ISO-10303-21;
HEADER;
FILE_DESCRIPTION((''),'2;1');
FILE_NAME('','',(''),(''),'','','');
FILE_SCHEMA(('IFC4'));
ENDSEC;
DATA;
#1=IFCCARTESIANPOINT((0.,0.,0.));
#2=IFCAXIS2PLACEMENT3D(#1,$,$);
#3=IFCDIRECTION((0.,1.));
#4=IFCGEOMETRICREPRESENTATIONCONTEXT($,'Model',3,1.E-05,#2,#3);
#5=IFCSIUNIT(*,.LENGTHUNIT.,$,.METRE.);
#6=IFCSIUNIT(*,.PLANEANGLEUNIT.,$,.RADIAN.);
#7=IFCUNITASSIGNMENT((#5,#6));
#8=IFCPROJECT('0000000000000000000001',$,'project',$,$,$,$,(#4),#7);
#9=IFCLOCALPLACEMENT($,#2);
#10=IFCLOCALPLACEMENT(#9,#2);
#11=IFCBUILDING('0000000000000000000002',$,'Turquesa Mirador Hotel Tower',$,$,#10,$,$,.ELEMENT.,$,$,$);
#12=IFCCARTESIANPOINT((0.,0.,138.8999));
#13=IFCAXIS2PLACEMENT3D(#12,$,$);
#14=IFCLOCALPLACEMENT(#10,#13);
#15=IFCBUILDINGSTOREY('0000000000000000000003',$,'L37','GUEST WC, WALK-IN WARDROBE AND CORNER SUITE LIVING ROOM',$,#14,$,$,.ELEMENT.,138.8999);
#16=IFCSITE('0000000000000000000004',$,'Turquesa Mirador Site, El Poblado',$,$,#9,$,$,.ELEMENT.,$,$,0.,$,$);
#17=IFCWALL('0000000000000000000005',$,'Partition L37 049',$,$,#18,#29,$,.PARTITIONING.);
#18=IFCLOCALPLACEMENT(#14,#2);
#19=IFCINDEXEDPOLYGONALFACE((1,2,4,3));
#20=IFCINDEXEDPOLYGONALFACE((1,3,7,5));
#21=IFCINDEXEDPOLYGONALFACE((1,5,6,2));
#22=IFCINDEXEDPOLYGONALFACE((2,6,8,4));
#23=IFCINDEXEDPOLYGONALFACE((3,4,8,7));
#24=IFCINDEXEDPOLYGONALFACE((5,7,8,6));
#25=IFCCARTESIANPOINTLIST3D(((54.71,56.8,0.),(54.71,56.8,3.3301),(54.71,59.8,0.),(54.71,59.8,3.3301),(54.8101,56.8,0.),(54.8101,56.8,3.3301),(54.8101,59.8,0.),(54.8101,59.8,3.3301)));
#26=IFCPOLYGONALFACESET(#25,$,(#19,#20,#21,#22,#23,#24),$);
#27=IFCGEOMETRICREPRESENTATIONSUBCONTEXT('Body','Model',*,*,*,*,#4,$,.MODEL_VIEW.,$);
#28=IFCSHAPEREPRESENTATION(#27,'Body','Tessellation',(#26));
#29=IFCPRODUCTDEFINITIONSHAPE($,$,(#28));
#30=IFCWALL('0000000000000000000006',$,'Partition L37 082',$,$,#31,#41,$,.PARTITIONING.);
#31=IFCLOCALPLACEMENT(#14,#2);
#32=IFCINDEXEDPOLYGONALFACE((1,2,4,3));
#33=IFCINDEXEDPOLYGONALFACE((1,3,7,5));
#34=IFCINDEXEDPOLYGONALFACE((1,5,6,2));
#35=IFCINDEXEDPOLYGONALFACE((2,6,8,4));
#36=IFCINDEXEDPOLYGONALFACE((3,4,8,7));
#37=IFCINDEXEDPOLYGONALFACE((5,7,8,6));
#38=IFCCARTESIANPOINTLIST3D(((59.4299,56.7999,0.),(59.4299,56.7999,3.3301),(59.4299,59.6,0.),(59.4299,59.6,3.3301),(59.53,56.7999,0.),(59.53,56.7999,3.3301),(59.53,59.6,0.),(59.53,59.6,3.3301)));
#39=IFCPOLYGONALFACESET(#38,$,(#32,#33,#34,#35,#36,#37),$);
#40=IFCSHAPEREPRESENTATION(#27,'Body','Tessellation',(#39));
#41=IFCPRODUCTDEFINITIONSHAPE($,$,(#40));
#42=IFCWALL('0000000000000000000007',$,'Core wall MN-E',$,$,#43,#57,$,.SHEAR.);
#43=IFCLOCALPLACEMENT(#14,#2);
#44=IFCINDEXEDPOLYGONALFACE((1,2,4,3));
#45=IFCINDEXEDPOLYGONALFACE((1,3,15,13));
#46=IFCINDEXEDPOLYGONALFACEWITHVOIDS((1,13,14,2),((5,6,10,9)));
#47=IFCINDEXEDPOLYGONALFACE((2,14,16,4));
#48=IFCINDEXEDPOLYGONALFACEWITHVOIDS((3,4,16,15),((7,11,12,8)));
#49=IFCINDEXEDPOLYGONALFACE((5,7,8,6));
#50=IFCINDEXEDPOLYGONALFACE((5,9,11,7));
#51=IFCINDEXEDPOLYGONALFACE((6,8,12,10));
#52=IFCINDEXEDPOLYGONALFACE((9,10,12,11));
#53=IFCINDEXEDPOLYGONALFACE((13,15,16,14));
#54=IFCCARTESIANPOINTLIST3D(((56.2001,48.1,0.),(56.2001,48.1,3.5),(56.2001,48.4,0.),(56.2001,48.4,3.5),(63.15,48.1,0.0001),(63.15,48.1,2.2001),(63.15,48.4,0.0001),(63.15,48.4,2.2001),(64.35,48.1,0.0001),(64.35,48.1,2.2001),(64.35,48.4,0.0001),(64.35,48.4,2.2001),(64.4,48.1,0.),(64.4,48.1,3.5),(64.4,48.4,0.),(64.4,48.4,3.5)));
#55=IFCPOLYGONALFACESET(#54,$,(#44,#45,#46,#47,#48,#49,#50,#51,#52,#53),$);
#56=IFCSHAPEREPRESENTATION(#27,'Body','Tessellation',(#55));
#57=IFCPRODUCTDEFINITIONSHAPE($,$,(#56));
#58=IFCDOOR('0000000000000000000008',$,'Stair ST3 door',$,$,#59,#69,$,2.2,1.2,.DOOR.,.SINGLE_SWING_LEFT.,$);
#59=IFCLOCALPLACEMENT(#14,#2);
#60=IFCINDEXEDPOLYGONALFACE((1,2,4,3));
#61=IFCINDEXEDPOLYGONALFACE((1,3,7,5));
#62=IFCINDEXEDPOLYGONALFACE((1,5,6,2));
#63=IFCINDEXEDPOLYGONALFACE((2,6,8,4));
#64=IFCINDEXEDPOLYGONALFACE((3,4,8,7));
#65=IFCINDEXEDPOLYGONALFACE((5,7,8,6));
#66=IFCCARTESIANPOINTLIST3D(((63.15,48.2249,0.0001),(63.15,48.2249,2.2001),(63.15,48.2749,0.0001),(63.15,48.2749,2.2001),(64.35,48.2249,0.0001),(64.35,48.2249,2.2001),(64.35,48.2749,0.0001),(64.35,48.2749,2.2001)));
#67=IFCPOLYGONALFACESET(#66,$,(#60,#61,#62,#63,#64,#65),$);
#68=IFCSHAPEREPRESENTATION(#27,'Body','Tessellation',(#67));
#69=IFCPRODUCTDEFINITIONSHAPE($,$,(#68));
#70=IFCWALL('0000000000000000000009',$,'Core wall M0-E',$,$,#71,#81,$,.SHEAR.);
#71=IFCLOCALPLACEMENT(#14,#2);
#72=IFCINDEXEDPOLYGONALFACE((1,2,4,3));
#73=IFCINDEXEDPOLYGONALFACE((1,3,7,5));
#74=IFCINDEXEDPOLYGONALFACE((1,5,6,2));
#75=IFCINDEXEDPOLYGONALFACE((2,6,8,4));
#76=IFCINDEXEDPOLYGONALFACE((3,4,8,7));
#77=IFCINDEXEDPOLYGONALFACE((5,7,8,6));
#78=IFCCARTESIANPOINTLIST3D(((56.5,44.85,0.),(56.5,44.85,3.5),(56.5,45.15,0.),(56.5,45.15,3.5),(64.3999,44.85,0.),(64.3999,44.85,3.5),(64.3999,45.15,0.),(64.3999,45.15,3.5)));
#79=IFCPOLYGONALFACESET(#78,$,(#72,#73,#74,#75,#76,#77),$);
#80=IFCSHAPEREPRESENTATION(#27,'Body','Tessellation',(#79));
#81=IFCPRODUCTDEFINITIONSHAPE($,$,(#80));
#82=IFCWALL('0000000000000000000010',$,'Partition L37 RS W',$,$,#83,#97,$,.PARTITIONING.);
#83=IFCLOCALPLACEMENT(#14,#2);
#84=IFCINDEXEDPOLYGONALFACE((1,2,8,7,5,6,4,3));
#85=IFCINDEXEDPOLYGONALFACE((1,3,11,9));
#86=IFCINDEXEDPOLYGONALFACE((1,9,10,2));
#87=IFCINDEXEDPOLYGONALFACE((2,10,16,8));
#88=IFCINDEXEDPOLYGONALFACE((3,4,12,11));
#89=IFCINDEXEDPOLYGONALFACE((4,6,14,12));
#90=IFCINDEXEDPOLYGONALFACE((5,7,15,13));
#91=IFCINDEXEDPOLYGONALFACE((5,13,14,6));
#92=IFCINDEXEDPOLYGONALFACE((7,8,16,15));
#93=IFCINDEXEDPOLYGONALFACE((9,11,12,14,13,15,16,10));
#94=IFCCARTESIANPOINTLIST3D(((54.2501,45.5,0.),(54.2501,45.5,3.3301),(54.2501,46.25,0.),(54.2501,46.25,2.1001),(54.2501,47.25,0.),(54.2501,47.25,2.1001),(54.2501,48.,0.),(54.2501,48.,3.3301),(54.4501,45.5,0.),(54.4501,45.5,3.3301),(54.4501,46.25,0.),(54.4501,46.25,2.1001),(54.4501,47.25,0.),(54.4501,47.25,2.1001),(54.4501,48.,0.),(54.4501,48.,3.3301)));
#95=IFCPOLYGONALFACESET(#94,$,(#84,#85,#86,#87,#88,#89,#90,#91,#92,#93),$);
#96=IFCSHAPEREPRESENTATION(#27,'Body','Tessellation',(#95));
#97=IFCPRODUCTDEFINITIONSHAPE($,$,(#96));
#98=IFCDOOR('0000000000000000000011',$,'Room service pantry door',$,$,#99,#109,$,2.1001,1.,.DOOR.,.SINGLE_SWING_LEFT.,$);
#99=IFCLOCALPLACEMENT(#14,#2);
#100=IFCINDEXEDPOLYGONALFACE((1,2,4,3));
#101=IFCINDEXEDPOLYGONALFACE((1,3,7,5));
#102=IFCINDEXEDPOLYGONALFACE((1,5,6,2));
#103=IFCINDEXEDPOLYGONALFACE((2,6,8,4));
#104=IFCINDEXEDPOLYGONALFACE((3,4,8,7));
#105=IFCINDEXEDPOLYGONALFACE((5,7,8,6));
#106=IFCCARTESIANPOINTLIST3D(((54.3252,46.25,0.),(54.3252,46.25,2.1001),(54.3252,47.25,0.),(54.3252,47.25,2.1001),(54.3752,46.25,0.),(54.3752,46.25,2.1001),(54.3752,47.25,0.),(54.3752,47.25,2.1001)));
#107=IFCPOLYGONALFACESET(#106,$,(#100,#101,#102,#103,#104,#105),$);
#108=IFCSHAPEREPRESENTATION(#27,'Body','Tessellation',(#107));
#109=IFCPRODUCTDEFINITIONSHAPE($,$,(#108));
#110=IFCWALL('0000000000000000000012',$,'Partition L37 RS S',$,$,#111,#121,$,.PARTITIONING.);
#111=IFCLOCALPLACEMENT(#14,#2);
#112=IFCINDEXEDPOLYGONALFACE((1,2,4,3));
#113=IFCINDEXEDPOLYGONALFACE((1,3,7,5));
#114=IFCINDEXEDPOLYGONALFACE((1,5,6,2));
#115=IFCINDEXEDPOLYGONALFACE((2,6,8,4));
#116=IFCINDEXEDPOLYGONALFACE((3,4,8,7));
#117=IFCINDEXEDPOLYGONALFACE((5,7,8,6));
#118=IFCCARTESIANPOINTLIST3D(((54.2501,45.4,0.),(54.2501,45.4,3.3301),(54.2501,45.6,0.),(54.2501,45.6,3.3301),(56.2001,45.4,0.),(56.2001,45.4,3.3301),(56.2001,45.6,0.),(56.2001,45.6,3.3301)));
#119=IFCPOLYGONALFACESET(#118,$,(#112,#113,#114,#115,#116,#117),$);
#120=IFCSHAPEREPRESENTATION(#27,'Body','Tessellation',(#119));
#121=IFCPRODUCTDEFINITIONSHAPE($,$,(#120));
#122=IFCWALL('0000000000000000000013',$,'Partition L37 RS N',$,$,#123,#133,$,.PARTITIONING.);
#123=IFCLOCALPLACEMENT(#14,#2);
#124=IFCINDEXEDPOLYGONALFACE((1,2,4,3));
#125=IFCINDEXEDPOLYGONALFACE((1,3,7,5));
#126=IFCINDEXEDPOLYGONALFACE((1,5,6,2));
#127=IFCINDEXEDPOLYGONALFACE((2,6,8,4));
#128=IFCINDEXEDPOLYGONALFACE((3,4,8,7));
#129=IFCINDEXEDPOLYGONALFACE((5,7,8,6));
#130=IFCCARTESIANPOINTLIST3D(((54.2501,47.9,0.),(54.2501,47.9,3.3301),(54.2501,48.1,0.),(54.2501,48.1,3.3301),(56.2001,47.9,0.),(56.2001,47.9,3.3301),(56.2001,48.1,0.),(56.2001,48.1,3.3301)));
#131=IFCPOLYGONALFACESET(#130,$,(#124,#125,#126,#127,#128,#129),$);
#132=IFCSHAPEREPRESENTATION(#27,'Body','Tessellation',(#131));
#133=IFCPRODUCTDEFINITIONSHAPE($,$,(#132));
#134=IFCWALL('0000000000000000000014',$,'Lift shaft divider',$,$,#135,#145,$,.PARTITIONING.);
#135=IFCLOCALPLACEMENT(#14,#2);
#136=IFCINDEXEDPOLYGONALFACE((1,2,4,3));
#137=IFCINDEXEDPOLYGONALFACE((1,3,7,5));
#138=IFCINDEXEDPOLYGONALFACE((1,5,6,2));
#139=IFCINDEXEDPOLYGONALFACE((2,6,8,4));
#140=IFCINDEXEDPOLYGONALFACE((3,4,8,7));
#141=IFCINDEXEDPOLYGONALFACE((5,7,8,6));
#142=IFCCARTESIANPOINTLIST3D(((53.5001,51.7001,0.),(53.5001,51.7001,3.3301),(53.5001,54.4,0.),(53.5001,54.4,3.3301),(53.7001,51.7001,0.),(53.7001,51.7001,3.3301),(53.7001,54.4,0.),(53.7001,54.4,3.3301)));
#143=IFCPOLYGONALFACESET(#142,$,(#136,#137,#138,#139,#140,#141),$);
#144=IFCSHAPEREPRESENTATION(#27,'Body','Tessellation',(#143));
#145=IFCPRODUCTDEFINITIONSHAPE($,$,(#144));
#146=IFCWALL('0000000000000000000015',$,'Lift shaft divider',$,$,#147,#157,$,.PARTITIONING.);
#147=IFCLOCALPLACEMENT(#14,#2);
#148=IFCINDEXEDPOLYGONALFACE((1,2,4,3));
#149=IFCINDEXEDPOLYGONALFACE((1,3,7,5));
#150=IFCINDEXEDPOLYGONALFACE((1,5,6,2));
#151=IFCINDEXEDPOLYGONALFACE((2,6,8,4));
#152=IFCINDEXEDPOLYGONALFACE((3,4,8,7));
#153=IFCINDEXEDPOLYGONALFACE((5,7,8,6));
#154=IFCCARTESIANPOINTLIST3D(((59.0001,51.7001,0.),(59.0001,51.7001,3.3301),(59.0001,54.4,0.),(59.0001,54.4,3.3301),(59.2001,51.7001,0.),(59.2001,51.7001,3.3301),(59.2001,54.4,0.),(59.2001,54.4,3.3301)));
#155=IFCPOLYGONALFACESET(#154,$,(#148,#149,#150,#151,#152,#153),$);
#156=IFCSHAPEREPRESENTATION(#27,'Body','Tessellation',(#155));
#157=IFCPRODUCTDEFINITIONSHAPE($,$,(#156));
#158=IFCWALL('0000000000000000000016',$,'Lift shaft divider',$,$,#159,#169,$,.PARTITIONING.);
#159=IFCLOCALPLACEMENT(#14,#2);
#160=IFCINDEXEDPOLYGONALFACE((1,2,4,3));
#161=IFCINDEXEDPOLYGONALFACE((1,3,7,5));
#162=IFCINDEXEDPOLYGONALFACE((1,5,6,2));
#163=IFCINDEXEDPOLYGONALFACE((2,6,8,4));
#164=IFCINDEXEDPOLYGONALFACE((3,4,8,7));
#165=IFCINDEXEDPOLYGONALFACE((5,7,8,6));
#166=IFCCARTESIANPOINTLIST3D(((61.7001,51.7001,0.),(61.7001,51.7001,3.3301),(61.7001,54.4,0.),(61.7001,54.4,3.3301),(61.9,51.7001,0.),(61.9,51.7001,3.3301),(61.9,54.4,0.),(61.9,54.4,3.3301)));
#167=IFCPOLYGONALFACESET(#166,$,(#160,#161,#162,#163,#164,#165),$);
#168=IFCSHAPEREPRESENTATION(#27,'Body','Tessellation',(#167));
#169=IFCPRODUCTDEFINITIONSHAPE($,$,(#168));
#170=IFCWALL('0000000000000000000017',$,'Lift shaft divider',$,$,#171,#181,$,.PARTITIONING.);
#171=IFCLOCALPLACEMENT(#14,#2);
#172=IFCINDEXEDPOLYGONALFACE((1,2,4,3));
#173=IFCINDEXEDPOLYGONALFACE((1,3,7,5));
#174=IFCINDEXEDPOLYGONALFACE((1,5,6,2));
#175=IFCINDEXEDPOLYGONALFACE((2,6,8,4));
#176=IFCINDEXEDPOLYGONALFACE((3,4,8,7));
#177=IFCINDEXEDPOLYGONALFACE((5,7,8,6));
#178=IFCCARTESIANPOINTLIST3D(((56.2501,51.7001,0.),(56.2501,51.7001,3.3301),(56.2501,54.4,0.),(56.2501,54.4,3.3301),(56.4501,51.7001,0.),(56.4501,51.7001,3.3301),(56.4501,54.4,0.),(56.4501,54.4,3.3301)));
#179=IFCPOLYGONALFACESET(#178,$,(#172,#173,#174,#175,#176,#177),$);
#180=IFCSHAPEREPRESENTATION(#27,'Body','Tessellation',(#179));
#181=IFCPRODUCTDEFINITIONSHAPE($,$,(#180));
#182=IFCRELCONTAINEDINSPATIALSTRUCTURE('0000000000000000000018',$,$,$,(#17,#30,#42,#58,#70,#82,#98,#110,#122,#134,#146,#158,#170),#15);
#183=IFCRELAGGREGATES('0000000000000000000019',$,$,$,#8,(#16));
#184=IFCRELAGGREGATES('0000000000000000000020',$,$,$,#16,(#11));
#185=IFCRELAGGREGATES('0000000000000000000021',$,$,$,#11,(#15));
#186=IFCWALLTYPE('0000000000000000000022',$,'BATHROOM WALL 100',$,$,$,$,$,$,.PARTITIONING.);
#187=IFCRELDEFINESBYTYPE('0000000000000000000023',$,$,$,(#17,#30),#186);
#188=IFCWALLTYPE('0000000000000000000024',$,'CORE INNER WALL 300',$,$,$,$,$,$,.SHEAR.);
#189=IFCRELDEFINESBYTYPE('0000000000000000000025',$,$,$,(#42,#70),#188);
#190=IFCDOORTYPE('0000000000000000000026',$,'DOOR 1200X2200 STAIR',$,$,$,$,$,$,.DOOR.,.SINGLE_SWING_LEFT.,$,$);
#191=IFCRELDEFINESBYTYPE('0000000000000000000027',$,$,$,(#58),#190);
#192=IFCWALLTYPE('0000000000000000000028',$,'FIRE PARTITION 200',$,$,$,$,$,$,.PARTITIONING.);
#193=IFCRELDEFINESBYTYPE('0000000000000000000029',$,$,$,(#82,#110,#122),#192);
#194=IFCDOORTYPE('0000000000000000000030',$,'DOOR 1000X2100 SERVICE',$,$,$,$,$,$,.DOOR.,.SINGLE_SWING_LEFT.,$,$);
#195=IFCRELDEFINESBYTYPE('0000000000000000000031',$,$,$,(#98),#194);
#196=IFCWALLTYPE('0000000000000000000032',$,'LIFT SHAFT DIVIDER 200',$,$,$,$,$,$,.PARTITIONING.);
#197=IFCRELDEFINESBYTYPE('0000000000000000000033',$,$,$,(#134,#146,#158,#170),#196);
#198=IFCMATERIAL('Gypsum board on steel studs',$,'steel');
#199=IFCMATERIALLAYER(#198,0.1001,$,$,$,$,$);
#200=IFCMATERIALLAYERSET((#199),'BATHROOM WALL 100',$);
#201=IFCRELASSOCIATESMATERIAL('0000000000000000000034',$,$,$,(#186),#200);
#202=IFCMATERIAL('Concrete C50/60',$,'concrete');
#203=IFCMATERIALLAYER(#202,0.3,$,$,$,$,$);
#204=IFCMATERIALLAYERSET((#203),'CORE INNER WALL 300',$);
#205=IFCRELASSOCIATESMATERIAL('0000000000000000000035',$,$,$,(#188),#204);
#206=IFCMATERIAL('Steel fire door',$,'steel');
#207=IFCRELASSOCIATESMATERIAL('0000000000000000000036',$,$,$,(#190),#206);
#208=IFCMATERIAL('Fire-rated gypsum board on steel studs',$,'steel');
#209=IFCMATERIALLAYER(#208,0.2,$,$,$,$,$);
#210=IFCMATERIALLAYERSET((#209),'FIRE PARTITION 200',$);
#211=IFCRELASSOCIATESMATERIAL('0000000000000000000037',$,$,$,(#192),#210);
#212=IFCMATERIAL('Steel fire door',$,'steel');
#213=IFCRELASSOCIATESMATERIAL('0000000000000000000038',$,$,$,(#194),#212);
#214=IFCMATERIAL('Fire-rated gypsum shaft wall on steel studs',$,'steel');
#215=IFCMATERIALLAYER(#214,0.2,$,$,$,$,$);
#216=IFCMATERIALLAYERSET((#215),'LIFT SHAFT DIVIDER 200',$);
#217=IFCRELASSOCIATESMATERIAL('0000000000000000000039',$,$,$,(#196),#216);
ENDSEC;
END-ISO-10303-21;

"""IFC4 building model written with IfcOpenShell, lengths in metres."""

from ifc_helpers import new_model, si_unit, direction, frame, frame_2d, origin, place, context, subcontext, project, spatial, rectangle, extrude, material, layer, layer_set, type_object, element, fill, save


model = new_model("IFC4")

# Units and contexts
model_context = context("Model", 3, precision=1e-05, world=origin(), true_north=direction((0.0, 1.0)))
body_context = subcontext(model_context, "Body", "Model", "MODEL_VIEW")
ifc_project = project(units=[si_unit("LENGTHUNIT", "METRE"), si_unit("PLANEANGLEUNIT", "RADIAN")], contexts=[model_context])

# Site, building, storey
site_placement = place(None, origin())
site = spatial("IfcSite", under=ifc_project, at=site_placement, Name="Turquesa Mirador Site, El Poblado", CompositionType="ELEMENT", RefElevation=0.0)
building_placement = place(site_placement, origin())
building = spatial("IfcBuilding", under=site, at=building_placement, Name="Turquesa Mirador Hotel Tower", CompositionType="ELEMENT")
storey_placement = place(building_placement, frame((0.0, 0.0, 138.8999)))
storey = spatial("IfcBuildingStorey", under=building, at=storey_placement, Name="L37", Description="GUEST WC, WALK-IN WARDROBE AND CORNER SUITE LIVING ROOM", CompositionType="ELEMENT", Elevation=138.8999)

# Walls
ifc_material_1 = material(Name="Gypsum board on steel studs", Category="steel")
ifc_layer_1 = layer(ifc_material_1, 0.1001)
ifc_layer_set_1 = layer_set([ifc_layer_1], Name="BATHROOM WALL 100")
wall_type_1 = type_object("IfcWallType", Name="BATHROOM WALL 100", PredefinedType="PARTITIONING", material=ifc_layer_set_1)
wall_1_placement = place(storey_placement, frame((54.76, 56.8, 0.0), z_axis=(0.0, 0.0, 1.0), x_axis=(0.0, 1.0, 0.0)))
element("IfcWall", 1, at=wall_1_placement, inside=storey, type_object=wall_type_1, Name="Partition L37 049", PredefinedType="PARTITIONING", context=body_context, shape_type="SweptSolid", body=[
    extrude(rectangle(XDim=3.0, YDim=0.1001, at=frame_2d((1.5, 0.0))), origin(), (0.0, 0.0, 1.0), 3.3301),
])
wall_2_placement = place(storey_placement, frame((59.48, 56.8, 0.0), z_axis=(0.0, 0.0, 1.0), x_axis=(0.0, 1.0, 0.0)))
element("IfcWall", 2, at=wall_2_placement, inside=storey, type_object=wall_type_1, Name="Partition L37 082", PredefinedType="PARTITIONING", context=body_context, shape_type="SweptSolid", body=[
    extrude(rectangle(XDim=2.8, YDim=0.1001, at=frame_2d((1.3999, 0.0))), origin(), (0.0, 0.0, 1.0), 3.3301),
])

# Wall, opening, door
ifc_material_2 = material(Name="Concrete C50/60", Category="concrete")
ifc_layer_2 = layer(ifc_material_2, 0.3)
ifc_layer_set_2 = layer_set([ifc_layer_2], Name="CORE INNER WALL 300")
wall_type_2 = type_object("IfcWallType", Name="CORE INNER WALL 300", PredefinedType="SHEAR", material=ifc_layer_set_2)
wall_3_placement = place(storey_placement, frame((56.2, 48.25, 0.0), z_axis=(0.0, 0.0, 1.0), x_axis=(1.0, 0.0, 0.0)))
wall_3 = element("IfcWall", 3, at=wall_3_placement, inside=storey, type_object=wall_type_2, Name="Core wall MN-E", PredefinedType="SHEAR", context=body_context, shape_type="SweptSolid", body=[
    extrude(rectangle(XDim=8.2, YDim=0.3, at=frame_2d((4.1001, 0.0))), origin(), (0.0, 0.0, 1.0), 3.5),
])
opening_1_placement = place(wall_3_placement, frame((6.95, 0.0, 0.0)))
opening_1 = element("IfcOpeningElement", 4, at=opening_1_placement, cuts=wall_3, PredefinedType="OPENING", context=body_context, shape_type="SweptSolid", body=[
    extrude(rectangle(XDim=1.2, YDim=2.2, at=frame_2d((0.6001, 1.1001))), frame((0.0, 0.1599, 0.0), z_axis=(0.0, -1.0, 0.0), x_axis=(1.0, 0.0, 0.0)), (0.0, 0.0, 1.0), 0.3201),
])
ifc_material_3 = material(Name="Steel fire door", Category="steel")
door_type_1 = type_object("IfcDoorType", Name="DOOR 1200X2200 STAIR", OperationType="SINGLE_SWING_LEFT", PredefinedType="DOOR", material=ifc_material_3)
door_1_placement = place(opening_1_placement, origin())
door_1 = element("IfcDoor", 5, at=door_1_placement, inside=storey, type_object=door_type_1, Name="Stair ST3 door", OperationType="SINGLE_SWING_LEFT", OverallHeight=2.2, OverallWidth=1.2, PredefinedType="DOOR", context=body_context, shape_type="SweptSolid", body=[
    extrude(rectangle(XDim=1.2, YDim=2.2, at=frame_2d((0.6001, 1.1001))), frame((0.0, 0.0249, 0.0), z_axis=(0.0, -1.0, 0.0), x_axis=(1.0, 0.0, 0.0)), (0.0, 0.0, 1.0), 0.05),
])
fill(opening_1, door_1)

# Wall
wall_4_placement = place(storey_placement, frame((56.5, 45.0, 0.0), z_axis=(0.0, 0.0, 1.0), x_axis=(1.0, 0.0, 0.0)))
element("IfcWall", 6, at=wall_4_placement, inside=storey, type_object=wall_type_2, Name="Core wall M0-E", PredefinedType="SHEAR", context=body_context, shape_type="SweptSolid", body=[
    extrude(rectangle(XDim=7.8999, YDim=0.3, at=frame_2d((3.95, 0.0))), origin(), (0.0, 0.0, 1.0), 3.5),
])

# Wall, opening, door
ifc_material_4 = material(Name="Fire-rated gypsum board on steel studs", Category="steel")
ifc_layer_3 = layer(ifc_material_4, 0.2)
ifc_layer_set_3 = layer_set([ifc_layer_3], Name="FIRE PARTITION 200")
wall_type_3 = type_object("IfcWallType", Name="FIRE PARTITION 200", PredefinedType="PARTITIONING", material=ifc_layer_set_3)
wall_5_placement = place(storey_placement, frame((54.3501, 45.5, 0.0), z_axis=(0.0, 0.0, 1.0), x_axis=(0.0, 1.0, 0.0)))
wall_5 = element("IfcWall", 7, at=wall_5_placement, inside=storey, type_object=wall_type_3, Name="Partition L37 RS W", PredefinedType="PARTITIONING", context=body_context, shape_type="SweptSolid", body=[
    extrude(rectangle(XDim=2.5, YDim=0.2, at=frame_2d((1.25, 0.0))), origin(), (0.0, 0.0, 1.0), 3.3301),
])
opening_2_placement = place(wall_5_placement, frame((0.75, 0.0, 0.0)))
opening_2 = element("IfcOpeningElement", 8, at=opening_2_placement, cuts=wall_5, PredefinedType="OPENING", context=body_context, shape_type="SweptSolid", body=[
    extrude(rectangle(XDim=1.0, YDim=2.1001, at=frame_2d((0.5, 1.05))), frame((0.0, 0.1099, 0.0), z_axis=(0.0, -1.0, 0.0), x_axis=(1.0, 0.0, 0.0)), (0.0, 0.0, 1.0), 0.22),
])
ifc_material_5 = material(Name="Steel fire door", Category="steel")
door_type_2 = type_object("IfcDoorType", Name="DOOR 1000X2100 SERVICE", OperationType="SINGLE_SWING_LEFT", PredefinedType="DOOR", material=ifc_material_5)
door_2_placement = place(opening_2_placement, origin())
door_2 = element("IfcDoor", 9, at=door_2_placement, inside=storey, type_object=door_type_2, Name="Room service pantry door", OperationType="SINGLE_SWING_LEFT", OverallHeight=2.1001, OverallWidth=1.0, PredefinedType="DOOR", context=body_context, shape_type="SweptSolid", body=[
    extrude(rectangle(XDim=1.0, YDim=2.1001, at=frame_2d((0.5, 1.05))), frame((0.0, 0.0249, 0.0), z_axis=(0.0, -1.0, 0.0), x_axis=(1.0, 0.0, 0.0)), (0.0, 0.0, 1.0), 0.05),
])
fill(opening_2, door_2)

# Walls
for number, where, z_axis, x_axis, name in (
    (10, (54.25, 45.5, 0.0), (0.0, 0.0, 1.0), (1.0, 0.0, 0.0), "Partition L37 RS S"),
    (11, (54.25, 48.0, 0.0), (0.0, 0.0, 1.0), (1.0, 0.0, 0.0), "Partition L37 RS N"),
):
    element("IfcWall", number, at=place(storey_placement, frame(where, z_axis=z_axis, x_axis=x_axis)), inside=storey, type_object=wall_type_3, Name=name, PredefinedType="PARTITIONING", context=body_context, shape_type="SweptSolid", body=[
        extrude(rectangle(XDim=1.95, YDim=0.2, at=frame_2d((0.9751, 0.0))), origin(), (0.0, 0.0, 1.0), 3.3301),
    ])
ifc_material_6 = material(Name="Fire-rated gypsum shaft wall on steel studs", Category="steel")
ifc_layer_4 = layer(ifc_material_6, 0.2)
ifc_layer_set_4 = layer_set([ifc_layer_4], Name="LIFT SHAFT DIVIDER 200")
wall_type_4 = type_object("IfcWallType", Name="LIFT SHAFT DIVIDER 200", PredefinedType="PARTITIONING", material=ifc_layer_set_4)
for number, where, z_axis, x_axis, name in (
    (12, (53.6001, 51.7, 0.0), (0.0, 0.0, 1.0), (0.0, 1.0, 0.0), "Lift shaft divider"),
    (13, (59.1001, 51.7, 0.0), (0.0, 0.0, 1.0), (0.0, 1.0, 0.0), "Lift shaft divider"),
    (14, (61.8, 51.7, 0.0), (0.0, 0.0, 1.0), (0.0, 1.0, 0.0), "Lift shaft divider"),
    (15, (56.3501, 51.7, 0.0), (0.0, 0.0, 1.0), (0.0, 1.0, 0.0), "Lift shaft divider"),
):
    element("IfcWall", number, at=place(storey_placement, frame(where, z_axis=z_axis, x_axis=x_axis)), inside=storey, type_object=wall_type_4, Name=name, PredefinedType="PARTITIONING", context=body_context, shape_type="SweptSolid", body=[
        extrude(rectangle(XDim=2.7, YDim=0.2, at=frame_2d((1.3501, 0.0))), origin(), (0.0, 0.0, 1.0), 3.3301),
    ])

save(model, "model.ifc")
